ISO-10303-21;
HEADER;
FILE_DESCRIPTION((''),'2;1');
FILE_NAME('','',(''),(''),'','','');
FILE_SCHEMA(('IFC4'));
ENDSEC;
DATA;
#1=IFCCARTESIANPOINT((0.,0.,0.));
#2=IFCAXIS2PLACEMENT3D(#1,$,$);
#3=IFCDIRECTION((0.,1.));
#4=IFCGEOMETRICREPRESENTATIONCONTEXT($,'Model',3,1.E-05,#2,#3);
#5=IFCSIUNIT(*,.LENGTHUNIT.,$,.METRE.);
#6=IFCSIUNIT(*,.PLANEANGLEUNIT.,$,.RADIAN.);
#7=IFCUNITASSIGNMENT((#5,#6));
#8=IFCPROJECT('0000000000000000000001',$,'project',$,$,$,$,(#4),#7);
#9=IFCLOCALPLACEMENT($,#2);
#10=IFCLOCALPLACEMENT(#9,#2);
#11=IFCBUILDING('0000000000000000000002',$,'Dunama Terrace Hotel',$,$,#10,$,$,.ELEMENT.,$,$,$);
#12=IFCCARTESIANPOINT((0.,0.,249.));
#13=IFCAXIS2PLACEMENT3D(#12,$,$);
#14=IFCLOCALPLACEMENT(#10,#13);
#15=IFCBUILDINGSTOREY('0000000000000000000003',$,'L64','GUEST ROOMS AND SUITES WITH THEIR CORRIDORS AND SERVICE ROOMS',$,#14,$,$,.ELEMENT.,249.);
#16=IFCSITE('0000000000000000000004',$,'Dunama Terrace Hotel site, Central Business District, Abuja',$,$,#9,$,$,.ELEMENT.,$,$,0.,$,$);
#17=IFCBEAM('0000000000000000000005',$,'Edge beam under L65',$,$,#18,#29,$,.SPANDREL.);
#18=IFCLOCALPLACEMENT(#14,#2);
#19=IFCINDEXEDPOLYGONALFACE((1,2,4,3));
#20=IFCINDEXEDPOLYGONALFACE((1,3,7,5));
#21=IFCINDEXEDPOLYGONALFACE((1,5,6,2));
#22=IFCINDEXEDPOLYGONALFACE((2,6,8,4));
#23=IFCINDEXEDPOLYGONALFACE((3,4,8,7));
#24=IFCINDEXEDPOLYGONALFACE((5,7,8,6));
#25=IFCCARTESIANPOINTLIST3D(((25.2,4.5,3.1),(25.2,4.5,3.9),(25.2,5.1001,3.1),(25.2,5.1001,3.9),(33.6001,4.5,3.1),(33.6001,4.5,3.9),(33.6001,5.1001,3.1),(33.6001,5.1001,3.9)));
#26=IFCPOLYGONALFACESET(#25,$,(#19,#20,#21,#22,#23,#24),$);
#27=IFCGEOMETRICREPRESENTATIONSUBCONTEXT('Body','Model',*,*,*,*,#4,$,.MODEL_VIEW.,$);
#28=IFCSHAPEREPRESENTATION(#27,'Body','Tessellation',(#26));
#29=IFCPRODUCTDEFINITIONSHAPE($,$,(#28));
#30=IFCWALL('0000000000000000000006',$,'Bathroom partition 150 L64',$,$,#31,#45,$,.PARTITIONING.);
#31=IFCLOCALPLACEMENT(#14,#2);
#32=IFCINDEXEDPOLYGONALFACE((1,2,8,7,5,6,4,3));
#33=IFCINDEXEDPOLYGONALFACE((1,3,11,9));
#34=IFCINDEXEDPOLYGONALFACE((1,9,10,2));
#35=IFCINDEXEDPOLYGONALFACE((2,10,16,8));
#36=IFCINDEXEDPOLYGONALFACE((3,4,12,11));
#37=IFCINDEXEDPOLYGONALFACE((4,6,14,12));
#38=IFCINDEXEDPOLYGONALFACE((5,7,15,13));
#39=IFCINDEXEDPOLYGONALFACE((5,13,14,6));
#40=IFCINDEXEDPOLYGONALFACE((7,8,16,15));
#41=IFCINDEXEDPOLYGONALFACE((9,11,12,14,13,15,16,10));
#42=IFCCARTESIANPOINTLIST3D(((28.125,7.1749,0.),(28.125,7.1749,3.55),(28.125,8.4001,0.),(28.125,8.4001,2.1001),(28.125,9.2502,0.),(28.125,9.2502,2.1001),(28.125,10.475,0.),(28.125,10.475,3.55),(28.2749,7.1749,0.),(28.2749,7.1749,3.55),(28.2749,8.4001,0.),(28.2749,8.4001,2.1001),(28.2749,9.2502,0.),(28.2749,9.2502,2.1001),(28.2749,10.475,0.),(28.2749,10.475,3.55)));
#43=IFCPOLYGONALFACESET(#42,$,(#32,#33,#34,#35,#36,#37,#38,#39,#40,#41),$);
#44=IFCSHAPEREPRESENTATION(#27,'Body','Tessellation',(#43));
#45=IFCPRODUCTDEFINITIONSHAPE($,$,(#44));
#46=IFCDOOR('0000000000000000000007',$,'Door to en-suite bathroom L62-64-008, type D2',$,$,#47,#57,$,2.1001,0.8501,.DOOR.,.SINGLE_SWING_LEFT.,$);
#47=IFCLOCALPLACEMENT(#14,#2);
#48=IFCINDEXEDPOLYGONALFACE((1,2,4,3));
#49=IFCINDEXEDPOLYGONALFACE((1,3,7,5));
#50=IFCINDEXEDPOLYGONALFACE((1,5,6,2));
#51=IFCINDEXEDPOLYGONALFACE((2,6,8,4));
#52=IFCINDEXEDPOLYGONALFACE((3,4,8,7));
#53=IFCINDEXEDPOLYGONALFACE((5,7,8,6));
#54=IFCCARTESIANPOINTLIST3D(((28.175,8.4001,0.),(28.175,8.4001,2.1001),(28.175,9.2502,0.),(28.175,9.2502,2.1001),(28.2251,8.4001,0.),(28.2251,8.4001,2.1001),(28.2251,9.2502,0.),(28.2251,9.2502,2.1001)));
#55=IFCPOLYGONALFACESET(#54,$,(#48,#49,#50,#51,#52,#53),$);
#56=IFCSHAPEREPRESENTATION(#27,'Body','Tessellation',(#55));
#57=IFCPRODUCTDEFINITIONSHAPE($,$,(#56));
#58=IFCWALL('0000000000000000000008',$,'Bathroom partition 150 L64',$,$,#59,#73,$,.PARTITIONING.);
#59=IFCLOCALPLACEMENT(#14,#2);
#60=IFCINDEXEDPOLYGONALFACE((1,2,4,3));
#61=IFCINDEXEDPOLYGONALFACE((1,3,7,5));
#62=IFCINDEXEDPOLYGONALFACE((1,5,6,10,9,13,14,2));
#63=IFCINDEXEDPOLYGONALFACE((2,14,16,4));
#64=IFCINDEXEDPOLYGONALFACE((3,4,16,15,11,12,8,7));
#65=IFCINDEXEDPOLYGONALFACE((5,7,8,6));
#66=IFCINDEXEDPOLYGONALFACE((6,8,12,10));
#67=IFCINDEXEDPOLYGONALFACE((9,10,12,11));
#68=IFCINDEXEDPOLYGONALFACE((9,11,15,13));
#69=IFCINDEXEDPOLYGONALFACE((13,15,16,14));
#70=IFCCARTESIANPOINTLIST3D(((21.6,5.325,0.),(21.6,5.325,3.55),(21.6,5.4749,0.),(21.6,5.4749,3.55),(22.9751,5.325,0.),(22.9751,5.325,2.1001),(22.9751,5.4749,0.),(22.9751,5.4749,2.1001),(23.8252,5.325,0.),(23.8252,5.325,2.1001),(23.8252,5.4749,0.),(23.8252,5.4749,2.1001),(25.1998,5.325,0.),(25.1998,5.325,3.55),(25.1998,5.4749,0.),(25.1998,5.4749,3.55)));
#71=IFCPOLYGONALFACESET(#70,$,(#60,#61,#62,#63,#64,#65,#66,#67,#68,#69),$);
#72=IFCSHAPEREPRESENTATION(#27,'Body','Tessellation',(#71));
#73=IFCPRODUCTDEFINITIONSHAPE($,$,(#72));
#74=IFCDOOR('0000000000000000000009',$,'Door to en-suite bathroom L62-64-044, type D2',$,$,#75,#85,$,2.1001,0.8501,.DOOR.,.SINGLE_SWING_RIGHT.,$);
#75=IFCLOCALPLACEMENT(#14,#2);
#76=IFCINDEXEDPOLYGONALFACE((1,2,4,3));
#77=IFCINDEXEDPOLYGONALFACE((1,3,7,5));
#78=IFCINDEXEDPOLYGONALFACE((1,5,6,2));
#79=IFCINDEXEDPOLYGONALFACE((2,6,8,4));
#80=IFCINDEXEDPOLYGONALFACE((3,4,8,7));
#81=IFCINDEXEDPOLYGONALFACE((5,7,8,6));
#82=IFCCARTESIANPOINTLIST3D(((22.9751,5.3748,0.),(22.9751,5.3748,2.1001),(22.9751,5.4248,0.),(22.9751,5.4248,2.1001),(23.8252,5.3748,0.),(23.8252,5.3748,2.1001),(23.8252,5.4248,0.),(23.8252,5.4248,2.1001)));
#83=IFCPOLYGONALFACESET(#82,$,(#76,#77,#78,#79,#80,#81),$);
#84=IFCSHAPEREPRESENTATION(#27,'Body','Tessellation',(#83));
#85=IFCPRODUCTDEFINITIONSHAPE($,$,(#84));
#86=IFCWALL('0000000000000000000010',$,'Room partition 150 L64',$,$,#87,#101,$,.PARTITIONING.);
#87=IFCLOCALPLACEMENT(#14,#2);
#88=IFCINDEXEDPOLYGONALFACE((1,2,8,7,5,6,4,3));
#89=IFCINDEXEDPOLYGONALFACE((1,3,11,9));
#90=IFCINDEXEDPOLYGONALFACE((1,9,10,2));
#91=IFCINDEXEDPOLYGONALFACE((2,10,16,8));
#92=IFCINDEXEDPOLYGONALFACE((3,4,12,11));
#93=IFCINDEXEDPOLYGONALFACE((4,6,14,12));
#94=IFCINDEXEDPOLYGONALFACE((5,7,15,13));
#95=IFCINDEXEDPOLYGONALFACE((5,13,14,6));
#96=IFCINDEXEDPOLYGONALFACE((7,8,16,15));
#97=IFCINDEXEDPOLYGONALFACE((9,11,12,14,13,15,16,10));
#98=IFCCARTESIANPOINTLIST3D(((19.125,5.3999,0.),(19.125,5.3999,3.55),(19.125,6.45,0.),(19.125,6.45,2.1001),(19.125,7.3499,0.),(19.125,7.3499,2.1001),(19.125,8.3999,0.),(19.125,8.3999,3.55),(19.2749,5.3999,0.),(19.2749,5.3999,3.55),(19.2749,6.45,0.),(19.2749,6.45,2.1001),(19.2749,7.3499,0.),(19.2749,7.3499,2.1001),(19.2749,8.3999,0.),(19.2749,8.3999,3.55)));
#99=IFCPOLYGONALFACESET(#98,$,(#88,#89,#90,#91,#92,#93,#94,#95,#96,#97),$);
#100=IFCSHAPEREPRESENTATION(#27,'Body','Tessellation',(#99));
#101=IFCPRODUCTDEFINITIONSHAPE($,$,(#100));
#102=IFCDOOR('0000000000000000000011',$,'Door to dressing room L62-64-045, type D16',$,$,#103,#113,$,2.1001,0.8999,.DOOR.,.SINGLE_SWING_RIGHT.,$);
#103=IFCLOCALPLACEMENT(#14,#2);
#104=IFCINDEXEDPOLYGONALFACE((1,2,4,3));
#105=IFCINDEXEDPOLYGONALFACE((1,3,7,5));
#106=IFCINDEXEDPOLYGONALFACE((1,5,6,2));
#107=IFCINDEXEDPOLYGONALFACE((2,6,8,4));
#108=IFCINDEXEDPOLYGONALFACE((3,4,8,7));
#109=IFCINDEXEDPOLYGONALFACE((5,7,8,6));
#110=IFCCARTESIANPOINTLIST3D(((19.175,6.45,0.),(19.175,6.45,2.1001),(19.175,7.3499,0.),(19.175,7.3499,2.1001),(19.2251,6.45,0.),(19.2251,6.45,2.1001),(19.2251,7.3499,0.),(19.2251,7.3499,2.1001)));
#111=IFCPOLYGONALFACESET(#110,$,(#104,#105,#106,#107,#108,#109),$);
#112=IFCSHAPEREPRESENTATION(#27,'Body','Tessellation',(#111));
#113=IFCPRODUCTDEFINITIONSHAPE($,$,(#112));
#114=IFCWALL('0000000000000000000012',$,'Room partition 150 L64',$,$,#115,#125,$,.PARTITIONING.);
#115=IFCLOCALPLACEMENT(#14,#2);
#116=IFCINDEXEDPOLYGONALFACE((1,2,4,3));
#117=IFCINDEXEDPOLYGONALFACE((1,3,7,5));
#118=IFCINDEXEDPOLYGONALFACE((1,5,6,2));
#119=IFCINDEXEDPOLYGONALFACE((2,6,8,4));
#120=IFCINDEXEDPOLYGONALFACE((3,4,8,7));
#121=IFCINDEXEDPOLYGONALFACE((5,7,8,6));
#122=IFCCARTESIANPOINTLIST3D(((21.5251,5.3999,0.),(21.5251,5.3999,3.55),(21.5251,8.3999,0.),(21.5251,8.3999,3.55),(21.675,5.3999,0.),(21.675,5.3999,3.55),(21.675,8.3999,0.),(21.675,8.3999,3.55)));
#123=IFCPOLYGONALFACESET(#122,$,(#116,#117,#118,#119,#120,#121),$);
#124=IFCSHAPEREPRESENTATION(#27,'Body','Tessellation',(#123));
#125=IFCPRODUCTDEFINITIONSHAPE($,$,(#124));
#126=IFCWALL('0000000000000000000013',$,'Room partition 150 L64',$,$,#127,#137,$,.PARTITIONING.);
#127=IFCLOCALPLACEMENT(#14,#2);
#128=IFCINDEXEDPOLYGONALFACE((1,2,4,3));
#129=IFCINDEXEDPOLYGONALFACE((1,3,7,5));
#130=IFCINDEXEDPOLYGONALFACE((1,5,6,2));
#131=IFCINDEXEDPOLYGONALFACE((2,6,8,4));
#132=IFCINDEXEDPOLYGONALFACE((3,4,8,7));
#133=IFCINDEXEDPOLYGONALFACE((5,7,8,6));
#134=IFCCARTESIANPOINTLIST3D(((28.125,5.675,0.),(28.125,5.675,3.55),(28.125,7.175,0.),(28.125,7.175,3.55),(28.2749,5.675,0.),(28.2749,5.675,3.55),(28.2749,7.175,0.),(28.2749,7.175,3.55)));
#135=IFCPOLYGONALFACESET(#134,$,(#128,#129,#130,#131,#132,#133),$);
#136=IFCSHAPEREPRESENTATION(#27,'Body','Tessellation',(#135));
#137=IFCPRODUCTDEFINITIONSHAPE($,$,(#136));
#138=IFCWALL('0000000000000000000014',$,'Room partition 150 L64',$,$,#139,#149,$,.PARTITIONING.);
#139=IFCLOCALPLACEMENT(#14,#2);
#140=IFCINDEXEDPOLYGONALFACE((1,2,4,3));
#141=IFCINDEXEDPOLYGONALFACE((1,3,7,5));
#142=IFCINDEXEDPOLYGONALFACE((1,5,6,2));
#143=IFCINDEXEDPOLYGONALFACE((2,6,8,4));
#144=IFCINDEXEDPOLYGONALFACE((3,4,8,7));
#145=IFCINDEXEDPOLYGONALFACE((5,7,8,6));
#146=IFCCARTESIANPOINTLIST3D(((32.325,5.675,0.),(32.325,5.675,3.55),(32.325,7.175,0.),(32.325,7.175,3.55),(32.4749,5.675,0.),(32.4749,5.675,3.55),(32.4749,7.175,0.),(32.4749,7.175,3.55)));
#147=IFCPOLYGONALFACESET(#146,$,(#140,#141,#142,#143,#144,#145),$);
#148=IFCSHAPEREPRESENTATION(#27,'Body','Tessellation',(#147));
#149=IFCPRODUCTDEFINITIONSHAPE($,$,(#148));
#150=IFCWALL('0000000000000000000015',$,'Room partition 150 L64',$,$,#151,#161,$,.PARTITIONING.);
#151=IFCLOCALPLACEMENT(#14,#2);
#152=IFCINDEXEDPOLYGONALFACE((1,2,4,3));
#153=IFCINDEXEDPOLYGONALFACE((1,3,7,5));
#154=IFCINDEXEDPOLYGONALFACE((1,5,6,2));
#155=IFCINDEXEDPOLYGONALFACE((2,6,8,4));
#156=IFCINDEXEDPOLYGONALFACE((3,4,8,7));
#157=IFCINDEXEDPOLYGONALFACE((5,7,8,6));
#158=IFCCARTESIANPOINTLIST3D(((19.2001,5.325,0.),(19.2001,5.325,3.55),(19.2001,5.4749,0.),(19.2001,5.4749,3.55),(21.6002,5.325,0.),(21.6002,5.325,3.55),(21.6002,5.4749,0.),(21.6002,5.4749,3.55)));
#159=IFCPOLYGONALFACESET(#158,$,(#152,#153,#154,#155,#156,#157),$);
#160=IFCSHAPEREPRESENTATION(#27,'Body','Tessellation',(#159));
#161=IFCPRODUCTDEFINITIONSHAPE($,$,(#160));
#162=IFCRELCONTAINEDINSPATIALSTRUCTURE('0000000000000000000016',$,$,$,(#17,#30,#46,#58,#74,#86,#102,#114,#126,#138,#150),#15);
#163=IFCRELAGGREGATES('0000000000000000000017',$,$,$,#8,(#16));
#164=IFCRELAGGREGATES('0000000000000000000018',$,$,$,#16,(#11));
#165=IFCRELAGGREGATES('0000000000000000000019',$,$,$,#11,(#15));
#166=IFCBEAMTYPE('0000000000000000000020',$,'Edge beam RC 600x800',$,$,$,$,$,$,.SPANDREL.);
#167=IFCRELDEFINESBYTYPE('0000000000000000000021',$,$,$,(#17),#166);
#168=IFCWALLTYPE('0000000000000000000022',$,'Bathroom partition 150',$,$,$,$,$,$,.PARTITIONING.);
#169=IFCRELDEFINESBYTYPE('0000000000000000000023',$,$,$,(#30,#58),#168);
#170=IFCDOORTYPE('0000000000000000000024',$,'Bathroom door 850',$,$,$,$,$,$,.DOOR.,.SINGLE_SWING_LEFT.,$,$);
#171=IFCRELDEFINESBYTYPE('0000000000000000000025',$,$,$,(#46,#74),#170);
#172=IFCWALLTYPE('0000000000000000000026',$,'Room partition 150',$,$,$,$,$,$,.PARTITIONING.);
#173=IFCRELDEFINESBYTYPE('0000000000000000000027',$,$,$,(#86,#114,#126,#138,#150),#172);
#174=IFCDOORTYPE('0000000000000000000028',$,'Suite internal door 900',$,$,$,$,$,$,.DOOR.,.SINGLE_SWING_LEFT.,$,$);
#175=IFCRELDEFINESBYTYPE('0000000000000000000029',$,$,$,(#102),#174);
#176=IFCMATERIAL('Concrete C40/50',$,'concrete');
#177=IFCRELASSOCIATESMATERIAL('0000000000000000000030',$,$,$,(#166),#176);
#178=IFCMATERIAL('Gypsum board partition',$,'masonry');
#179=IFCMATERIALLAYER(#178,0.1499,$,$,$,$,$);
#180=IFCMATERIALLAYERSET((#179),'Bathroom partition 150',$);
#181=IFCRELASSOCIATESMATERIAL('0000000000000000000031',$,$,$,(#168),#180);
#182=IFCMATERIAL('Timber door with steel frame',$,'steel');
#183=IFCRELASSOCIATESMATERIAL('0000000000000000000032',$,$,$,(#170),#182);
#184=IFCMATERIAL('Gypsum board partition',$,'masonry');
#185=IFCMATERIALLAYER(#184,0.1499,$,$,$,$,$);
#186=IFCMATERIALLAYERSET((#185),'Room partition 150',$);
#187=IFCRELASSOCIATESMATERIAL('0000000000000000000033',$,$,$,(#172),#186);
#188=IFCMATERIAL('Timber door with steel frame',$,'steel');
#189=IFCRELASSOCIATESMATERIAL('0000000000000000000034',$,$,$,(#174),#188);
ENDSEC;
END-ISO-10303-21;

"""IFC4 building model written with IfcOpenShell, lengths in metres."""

from ifc_helpers import new_model, si_unit, direction, frame, frame_2d, origin, origin_2d, place, context, subcontext, project, spatial, rectangle, extrude, material, layer, layer_set, material_profile, profile_set, type_object, element, fill, save


model = new_model("IFC4")

# Units and contexts
model_context = context("Model", 3, precision=1e-05, world=origin(), true_north=direction((0.0, 1.0)))
body_context = subcontext(model_context, "Body", "Model", "MODEL_VIEW")
ifc_project = project(units=[si_unit("LENGTHUNIT", "METRE"), si_unit("PLANEANGLEUNIT", "RADIAN")], contexts=[model_context])

# Site, building, storey
site_placement = place(None, origin())
site = spatial("IfcSite", under=ifc_project, at=site_placement, Name="Dunama Terrace Hotel site, Central Business District, Abuja", CompositionType="ELEMENT", RefElevation=0.0)
building_placement = place(site_placement, origin())
building = spatial("IfcBuilding", under=site, at=building_placement, Name="Dunama Terrace Hotel", CompositionType="ELEMENT")
storey_placement = place(building_placement, frame((0.0, 0.0, 249.0)))
storey = spatial("IfcBuildingStorey", under=building, at=storey_placement, Name="L64", Description="GUEST ROOMS AND SUITES WITH THEIR CORRIDORS AND SERVICE ROOMS", CompositionType="ELEMENT", Elevation=249.0)

# Beam
ifc_material_1 = material(Name="Concrete C40/50", Category="concrete")
ifc_material_profile = material_profile(ifc_material_1, rectangle(XDim=0.6001, YDim=0.8, at=origin_2d()), Name="RC 600x800")
ifc_profile_set = profile_set([ifc_material_profile], Name="Concrete C40/50")
beam_type = type_object("IfcBeamType", Name="Edge beam RC 600x800", PredefinedType="SPANDREL", material=ifc_profile_set)
beam_placement = place(storey_placement, frame((25.2, 4.8, 3.5), z_axis=(1.0, 0.0, 0.0), x_axis=(0.0, 1.0, 0.0)))
element("IfcBeam", 1, at=beam_placement, inside=storey, type_object=beam_type, Name="Edge beam under L65", PredefinedType="SPANDREL", context=body_context, shape_type="SweptSolid", body=[
    extrude(rectangle(XDim=0.6001, YDim=0.8, at=origin_2d()), origin(), (0.0, 0.0, 1.0), 8.4001),
])

# Walls, openings, doors
ifc_material_2 = material(Name="Gypsum board partition", Category="masonry")
ifc_layer_1 = layer(ifc_material_2, 0.1499)
ifc_layer_set_1 = layer_set([ifc_layer_1], Name="Bathroom partition 150")
wall_type_1 = type_object("IfcWallType", Name="Bathroom partition 150", PredefinedType="PARTITIONING", material=ifc_layer_set_1)
wall_1_placement = place(storey_placement, frame((28.2, 7.175, 0.0), z_axis=(0.0, 0.0, 1.0), x_axis=(0.0, 1.0, 0.0)))
wall_1 = element("IfcWall", 2, at=wall_1_placement, inside=storey, type_object=wall_type_1, Name="Bathroom partition 150 L64", PredefinedType="PARTITIONING", context=body_context, shape_type="SweptSolid", body=[
    extrude(rectangle(XDim=3.3, YDim=0.1499, at=frame_2d((1.6499, 0.0))), origin(), (0.0, 0.0, 1.0), 3.55),
])
opening_1_placement = place(wall_1_placement, frame((1.2251, 0.0, 0.0)))
opening_1 = element("IfcOpeningElement", 3, at=opening_1_placement, cuts=wall_1, PredefinedType="OPENING", context=body_context, shape_type="SweptSolid", body=[
    extrude(rectangle(XDim=0.8501, YDim=2.1001, at=frame_2d((0.425, 1.05))), frame((0.0, 0.085, 0.0), z_axis=(0.0, -1.0, 0.0), x_axis=(1.0, 0.0, 0.0)), (0.0, 0.0, 1.0), 0.1699),
])
ifc_material_3 = material(Name="Timber door with steel frame", Category="steel")
door_type_1 = type_object("IfcDoorType", Name="Bathroom door 850", OperationType="SINGLE_SWING_LEFT", PredefinedType="DOOR", material=ifc_material_3)
door_1_placement = place(opening_1_placement, origin())
door_1 = element("IfcDoor", 4, at=door_1_placement, inside=storey, type_object=door_type_1, Name="Door to en-suite bathroom L62-64-008, type D2", OperationType="SINGLE_SWING_LEFT", OverallHeight=2.1001, OverallWidth=0.8501, PredefinedType="DOOR", context=body_context, shape_type="SweptSolid", body=[
    extrude(rectangle(XDim=0.8501, YDim=2.1001, at=frame_2d((0.425, 1.05))), frame((0.0, 0.0249, 0.0), z_axis=(0.0, -1.0, 0.0), x_axis=(1.0, 0.0, 0.0)), (0.0, 0.0, 1.0), 0.05),
])
fill(opening_1, door_1)
wall_2_placement = place(storey_placement, frame((21.6001, 5.3999, 0.0), z_axis=(0.0, 0.0, 1.0), x_axis=(1.0, 0.0, 0.0)))
wall_2 = element("IfcWall", 5, at=wall_2_placement, inside=storey, type_object=wall_type_1, Name="Bathroom partition 150 L64", PredefinedType="PARTITIONING", context=body_context, shape_type="SweptSolid", body=[
    extrude(rectangle(XDim=3.5999, YDim=0.1499, at=frame_2d((1.7998, 0.0))), origin(), (0.0, 0.0, 1.0), 3.55),
])
opening_2_placement = place(wall_2_placement, frame((1.375, 0.0, 0.0)))
opening_2 = element("IfcOpeningElement", 6, at=opening_2_placement, cuts=wall_2, PredefinedType="OPENING", context=body_context, shape_type="SweptSolid", body=[
    extrude(rectangle(XDim=0.8501, YDim=2.1001, at=frame_2d((0.425, 1.05))), frame((0.0, 0.085, 0.0), z_axis=(0.0, -1.0, 0.0), x_axis=(1.0, 0.0, 0.0)), (0.0, 0.0, 1.0), 0.1699),
])
door_2_placement = place(opening_2_placement, origin())
door_2 = element("IfcDoor", 7, at=door_2_placement, inside=storey, type_object=door_type_1, Name="Door to en-suite bathroom L62-64-044, type D2", OperationType="SINGLE_SWING_RIGHT", OverallHeight=2.1001, OverallWidth=0.8501, PredefinedType="DOOR", context=body_context, shape_type="SweptSolid", body=[
    extrude(rectangle(XDim=0.8501, YDim=2.1001, at=frame_2d((0.425, 1.05))), frame((0.0, 0.0249, 0.0), z_axis=(0.0, -1.0, 0.0), x_axis=(1.0, 0.0, 0.0)), (0.0, 0.0, 1.0), 0.05),
])
fill(opening_2, door_2)
ifc_material_4 = material(Name="Gypsum board partition", Category="masonry")
ifc_layer_2 = layer(ifc_material_4, 0.1499)
ifc_layer_set_2 = layer_set([ifc_layer_2], Name="Room partition 150")
wall_type_2 = type_object("IfcWallType", Name="Room partition 150", PredefinedType="PARTITIONING", material=ifc_layer_set_2)
wall_3_placement = place(storey_placement, frame((19.2, 5.3999, 0.0), z_axis=(0.0, 0.0, 1.0), x_axis=(0.0, 1.0, 0.0)))
wall_3 = element("IfcWall", 8, at=wall_3_placement, inside=storey, type_object=wall_type_2, Name="Room partition 150 L64", PredefinedType="PARTITIONING", context=body_context, shape_type="SweptSolid", body=[
    extrude(rectangle(XDim=3.0, YDim=0.1499, at=frame_2d((1.5, 0.0))), origin(), (0.0, 0.0, 1.0), 3.55),
])
opening_3_placement = place(wall_3_placement, frame((1.05, 0.0, 0.0)))
opening_3 = element("IfcOpeningElement", 9, at=opening_3_placement, cuts=wall_3, PredefinedType="OPENING", context=body_context, shape_type="SweptSolid", body=[
    extrude(rectangle(XDim=0.8999, YDim=2.1001, at=frame_2d((0.45, 1.05))), frame((0.0, 0.085, 0.0), z_axis=(0.0, -1.0, 0.0), x_axis=(1.0, 0.0, 0.0)), (0.0, 0.0, 1.0), 0.1699),
])
ifc_material_5 = material(Name="Timber door with steel frame", Category="steel")
door_type_2 = type_object("IfcDoorType", Name="Suite internal door 900", OperationType="SINGLE_SWING_LEFT", PredefinedType="DOOR", material=ifc_material_5)
door_3_placement = place(opening_3_placement, frame((0.8999, 0.0, 0.0), z_axis=(0.0, 0.0, 1.0), x_axis=(-1.0, 0.0, 0.0)))
door_3 = element("IfcDoor", 10, at=door_3_placement, inside=storey, type_object=door_type_2, Name="Door to dressing room L62-64-045, type D16", OperationType="SINGLE_SWING_RIGHT", OverallHeight=2.1001, OverallWidth=0.8999, PredefinedType="DOOR", context=body_context, shape_type="SweptSolid", body=[
    extrude(rectangle(XDim=0.8999, YDim=2.1001, at=frame_2d((0.45, 1.05))), frame((0.0, 0.0251, 0.0), z_axis=(0.0, -1.0, 0.0), x_axis=(1.0, 0.0, 0.0)), (0.0, 0.0, 1.0), 0.05),
])
fill(opening_3, door_3)

# Walls
wall_4_placement = place(storey_placement, frame((21.6001, 5.3999, 0.0), z_axis=(0.0, 0.0, 1.0), x_axis=(0.0, 1.0, 0.0)))
element("IfcWall", 11, at=wall_4_placement, inside=storey, type_object=wall_type_2, Name="Room partition 150 L64", PredefinedType="PARTITIONING", context=body_context, shape_type="SweptSolid", body=[
    extrude(rectangle(XDim=3.0, YDim=0.1499, at=frame_2d((1.5, 0.0))), origin(), (0.0, 0.0, 1.0), 3.55),
])
for number, where, z_axis, x_axis, name in (
    (12, (28.2, 5.675, 0.0), (0.0, 0.0, 1.0), (0.0, 1.0, 0.0), "Room partition 150 L64"),
    (13, (32.3999, 5.675, 0.0), (0.0, 0.0, 1.0), (0.0, 1.0, 0.0), "Room partition 150 L64"),
):
    element("IfcWall", number, at=place(storey_placement, frame(where, z_axis=z_axis, x_axis=x_axis)), inside=storey, type_object=wall_type_2, Name=name, PredefinedType="PARTITIONING", context=body_context, shape_type="SweptSolid", body=[
        extrude(rectangle(XDim=1.5, YDim=0.1499, at=frame_2d((0.75, 0.0))), origin(), (0.0, 0.0, 1.0), 3.55),
    ])
wall_5_placement = place(storey_placement, frame((19.2, 5.3999, 0.0), z_axis=(0.0, 0.0, 1.0), x_axis=(1.0, 0.0, 0.0)))
element("IfcWall", 14, at=wall_5_placement, inside=storey, type_object=wall_type_2, Name="Room partition 150 L64", PredefinedType="PARTITIONING", context=body_context, shape_type="SweptSolid", body=[
    extrude(rectangle(XDim=2.4001, YDim=0.1499, at=frame_2d((1.2002, 0.0))), origin(), (0.0, 0.0, 1.0), 3.55),
])

save(model, "model.ifc")
